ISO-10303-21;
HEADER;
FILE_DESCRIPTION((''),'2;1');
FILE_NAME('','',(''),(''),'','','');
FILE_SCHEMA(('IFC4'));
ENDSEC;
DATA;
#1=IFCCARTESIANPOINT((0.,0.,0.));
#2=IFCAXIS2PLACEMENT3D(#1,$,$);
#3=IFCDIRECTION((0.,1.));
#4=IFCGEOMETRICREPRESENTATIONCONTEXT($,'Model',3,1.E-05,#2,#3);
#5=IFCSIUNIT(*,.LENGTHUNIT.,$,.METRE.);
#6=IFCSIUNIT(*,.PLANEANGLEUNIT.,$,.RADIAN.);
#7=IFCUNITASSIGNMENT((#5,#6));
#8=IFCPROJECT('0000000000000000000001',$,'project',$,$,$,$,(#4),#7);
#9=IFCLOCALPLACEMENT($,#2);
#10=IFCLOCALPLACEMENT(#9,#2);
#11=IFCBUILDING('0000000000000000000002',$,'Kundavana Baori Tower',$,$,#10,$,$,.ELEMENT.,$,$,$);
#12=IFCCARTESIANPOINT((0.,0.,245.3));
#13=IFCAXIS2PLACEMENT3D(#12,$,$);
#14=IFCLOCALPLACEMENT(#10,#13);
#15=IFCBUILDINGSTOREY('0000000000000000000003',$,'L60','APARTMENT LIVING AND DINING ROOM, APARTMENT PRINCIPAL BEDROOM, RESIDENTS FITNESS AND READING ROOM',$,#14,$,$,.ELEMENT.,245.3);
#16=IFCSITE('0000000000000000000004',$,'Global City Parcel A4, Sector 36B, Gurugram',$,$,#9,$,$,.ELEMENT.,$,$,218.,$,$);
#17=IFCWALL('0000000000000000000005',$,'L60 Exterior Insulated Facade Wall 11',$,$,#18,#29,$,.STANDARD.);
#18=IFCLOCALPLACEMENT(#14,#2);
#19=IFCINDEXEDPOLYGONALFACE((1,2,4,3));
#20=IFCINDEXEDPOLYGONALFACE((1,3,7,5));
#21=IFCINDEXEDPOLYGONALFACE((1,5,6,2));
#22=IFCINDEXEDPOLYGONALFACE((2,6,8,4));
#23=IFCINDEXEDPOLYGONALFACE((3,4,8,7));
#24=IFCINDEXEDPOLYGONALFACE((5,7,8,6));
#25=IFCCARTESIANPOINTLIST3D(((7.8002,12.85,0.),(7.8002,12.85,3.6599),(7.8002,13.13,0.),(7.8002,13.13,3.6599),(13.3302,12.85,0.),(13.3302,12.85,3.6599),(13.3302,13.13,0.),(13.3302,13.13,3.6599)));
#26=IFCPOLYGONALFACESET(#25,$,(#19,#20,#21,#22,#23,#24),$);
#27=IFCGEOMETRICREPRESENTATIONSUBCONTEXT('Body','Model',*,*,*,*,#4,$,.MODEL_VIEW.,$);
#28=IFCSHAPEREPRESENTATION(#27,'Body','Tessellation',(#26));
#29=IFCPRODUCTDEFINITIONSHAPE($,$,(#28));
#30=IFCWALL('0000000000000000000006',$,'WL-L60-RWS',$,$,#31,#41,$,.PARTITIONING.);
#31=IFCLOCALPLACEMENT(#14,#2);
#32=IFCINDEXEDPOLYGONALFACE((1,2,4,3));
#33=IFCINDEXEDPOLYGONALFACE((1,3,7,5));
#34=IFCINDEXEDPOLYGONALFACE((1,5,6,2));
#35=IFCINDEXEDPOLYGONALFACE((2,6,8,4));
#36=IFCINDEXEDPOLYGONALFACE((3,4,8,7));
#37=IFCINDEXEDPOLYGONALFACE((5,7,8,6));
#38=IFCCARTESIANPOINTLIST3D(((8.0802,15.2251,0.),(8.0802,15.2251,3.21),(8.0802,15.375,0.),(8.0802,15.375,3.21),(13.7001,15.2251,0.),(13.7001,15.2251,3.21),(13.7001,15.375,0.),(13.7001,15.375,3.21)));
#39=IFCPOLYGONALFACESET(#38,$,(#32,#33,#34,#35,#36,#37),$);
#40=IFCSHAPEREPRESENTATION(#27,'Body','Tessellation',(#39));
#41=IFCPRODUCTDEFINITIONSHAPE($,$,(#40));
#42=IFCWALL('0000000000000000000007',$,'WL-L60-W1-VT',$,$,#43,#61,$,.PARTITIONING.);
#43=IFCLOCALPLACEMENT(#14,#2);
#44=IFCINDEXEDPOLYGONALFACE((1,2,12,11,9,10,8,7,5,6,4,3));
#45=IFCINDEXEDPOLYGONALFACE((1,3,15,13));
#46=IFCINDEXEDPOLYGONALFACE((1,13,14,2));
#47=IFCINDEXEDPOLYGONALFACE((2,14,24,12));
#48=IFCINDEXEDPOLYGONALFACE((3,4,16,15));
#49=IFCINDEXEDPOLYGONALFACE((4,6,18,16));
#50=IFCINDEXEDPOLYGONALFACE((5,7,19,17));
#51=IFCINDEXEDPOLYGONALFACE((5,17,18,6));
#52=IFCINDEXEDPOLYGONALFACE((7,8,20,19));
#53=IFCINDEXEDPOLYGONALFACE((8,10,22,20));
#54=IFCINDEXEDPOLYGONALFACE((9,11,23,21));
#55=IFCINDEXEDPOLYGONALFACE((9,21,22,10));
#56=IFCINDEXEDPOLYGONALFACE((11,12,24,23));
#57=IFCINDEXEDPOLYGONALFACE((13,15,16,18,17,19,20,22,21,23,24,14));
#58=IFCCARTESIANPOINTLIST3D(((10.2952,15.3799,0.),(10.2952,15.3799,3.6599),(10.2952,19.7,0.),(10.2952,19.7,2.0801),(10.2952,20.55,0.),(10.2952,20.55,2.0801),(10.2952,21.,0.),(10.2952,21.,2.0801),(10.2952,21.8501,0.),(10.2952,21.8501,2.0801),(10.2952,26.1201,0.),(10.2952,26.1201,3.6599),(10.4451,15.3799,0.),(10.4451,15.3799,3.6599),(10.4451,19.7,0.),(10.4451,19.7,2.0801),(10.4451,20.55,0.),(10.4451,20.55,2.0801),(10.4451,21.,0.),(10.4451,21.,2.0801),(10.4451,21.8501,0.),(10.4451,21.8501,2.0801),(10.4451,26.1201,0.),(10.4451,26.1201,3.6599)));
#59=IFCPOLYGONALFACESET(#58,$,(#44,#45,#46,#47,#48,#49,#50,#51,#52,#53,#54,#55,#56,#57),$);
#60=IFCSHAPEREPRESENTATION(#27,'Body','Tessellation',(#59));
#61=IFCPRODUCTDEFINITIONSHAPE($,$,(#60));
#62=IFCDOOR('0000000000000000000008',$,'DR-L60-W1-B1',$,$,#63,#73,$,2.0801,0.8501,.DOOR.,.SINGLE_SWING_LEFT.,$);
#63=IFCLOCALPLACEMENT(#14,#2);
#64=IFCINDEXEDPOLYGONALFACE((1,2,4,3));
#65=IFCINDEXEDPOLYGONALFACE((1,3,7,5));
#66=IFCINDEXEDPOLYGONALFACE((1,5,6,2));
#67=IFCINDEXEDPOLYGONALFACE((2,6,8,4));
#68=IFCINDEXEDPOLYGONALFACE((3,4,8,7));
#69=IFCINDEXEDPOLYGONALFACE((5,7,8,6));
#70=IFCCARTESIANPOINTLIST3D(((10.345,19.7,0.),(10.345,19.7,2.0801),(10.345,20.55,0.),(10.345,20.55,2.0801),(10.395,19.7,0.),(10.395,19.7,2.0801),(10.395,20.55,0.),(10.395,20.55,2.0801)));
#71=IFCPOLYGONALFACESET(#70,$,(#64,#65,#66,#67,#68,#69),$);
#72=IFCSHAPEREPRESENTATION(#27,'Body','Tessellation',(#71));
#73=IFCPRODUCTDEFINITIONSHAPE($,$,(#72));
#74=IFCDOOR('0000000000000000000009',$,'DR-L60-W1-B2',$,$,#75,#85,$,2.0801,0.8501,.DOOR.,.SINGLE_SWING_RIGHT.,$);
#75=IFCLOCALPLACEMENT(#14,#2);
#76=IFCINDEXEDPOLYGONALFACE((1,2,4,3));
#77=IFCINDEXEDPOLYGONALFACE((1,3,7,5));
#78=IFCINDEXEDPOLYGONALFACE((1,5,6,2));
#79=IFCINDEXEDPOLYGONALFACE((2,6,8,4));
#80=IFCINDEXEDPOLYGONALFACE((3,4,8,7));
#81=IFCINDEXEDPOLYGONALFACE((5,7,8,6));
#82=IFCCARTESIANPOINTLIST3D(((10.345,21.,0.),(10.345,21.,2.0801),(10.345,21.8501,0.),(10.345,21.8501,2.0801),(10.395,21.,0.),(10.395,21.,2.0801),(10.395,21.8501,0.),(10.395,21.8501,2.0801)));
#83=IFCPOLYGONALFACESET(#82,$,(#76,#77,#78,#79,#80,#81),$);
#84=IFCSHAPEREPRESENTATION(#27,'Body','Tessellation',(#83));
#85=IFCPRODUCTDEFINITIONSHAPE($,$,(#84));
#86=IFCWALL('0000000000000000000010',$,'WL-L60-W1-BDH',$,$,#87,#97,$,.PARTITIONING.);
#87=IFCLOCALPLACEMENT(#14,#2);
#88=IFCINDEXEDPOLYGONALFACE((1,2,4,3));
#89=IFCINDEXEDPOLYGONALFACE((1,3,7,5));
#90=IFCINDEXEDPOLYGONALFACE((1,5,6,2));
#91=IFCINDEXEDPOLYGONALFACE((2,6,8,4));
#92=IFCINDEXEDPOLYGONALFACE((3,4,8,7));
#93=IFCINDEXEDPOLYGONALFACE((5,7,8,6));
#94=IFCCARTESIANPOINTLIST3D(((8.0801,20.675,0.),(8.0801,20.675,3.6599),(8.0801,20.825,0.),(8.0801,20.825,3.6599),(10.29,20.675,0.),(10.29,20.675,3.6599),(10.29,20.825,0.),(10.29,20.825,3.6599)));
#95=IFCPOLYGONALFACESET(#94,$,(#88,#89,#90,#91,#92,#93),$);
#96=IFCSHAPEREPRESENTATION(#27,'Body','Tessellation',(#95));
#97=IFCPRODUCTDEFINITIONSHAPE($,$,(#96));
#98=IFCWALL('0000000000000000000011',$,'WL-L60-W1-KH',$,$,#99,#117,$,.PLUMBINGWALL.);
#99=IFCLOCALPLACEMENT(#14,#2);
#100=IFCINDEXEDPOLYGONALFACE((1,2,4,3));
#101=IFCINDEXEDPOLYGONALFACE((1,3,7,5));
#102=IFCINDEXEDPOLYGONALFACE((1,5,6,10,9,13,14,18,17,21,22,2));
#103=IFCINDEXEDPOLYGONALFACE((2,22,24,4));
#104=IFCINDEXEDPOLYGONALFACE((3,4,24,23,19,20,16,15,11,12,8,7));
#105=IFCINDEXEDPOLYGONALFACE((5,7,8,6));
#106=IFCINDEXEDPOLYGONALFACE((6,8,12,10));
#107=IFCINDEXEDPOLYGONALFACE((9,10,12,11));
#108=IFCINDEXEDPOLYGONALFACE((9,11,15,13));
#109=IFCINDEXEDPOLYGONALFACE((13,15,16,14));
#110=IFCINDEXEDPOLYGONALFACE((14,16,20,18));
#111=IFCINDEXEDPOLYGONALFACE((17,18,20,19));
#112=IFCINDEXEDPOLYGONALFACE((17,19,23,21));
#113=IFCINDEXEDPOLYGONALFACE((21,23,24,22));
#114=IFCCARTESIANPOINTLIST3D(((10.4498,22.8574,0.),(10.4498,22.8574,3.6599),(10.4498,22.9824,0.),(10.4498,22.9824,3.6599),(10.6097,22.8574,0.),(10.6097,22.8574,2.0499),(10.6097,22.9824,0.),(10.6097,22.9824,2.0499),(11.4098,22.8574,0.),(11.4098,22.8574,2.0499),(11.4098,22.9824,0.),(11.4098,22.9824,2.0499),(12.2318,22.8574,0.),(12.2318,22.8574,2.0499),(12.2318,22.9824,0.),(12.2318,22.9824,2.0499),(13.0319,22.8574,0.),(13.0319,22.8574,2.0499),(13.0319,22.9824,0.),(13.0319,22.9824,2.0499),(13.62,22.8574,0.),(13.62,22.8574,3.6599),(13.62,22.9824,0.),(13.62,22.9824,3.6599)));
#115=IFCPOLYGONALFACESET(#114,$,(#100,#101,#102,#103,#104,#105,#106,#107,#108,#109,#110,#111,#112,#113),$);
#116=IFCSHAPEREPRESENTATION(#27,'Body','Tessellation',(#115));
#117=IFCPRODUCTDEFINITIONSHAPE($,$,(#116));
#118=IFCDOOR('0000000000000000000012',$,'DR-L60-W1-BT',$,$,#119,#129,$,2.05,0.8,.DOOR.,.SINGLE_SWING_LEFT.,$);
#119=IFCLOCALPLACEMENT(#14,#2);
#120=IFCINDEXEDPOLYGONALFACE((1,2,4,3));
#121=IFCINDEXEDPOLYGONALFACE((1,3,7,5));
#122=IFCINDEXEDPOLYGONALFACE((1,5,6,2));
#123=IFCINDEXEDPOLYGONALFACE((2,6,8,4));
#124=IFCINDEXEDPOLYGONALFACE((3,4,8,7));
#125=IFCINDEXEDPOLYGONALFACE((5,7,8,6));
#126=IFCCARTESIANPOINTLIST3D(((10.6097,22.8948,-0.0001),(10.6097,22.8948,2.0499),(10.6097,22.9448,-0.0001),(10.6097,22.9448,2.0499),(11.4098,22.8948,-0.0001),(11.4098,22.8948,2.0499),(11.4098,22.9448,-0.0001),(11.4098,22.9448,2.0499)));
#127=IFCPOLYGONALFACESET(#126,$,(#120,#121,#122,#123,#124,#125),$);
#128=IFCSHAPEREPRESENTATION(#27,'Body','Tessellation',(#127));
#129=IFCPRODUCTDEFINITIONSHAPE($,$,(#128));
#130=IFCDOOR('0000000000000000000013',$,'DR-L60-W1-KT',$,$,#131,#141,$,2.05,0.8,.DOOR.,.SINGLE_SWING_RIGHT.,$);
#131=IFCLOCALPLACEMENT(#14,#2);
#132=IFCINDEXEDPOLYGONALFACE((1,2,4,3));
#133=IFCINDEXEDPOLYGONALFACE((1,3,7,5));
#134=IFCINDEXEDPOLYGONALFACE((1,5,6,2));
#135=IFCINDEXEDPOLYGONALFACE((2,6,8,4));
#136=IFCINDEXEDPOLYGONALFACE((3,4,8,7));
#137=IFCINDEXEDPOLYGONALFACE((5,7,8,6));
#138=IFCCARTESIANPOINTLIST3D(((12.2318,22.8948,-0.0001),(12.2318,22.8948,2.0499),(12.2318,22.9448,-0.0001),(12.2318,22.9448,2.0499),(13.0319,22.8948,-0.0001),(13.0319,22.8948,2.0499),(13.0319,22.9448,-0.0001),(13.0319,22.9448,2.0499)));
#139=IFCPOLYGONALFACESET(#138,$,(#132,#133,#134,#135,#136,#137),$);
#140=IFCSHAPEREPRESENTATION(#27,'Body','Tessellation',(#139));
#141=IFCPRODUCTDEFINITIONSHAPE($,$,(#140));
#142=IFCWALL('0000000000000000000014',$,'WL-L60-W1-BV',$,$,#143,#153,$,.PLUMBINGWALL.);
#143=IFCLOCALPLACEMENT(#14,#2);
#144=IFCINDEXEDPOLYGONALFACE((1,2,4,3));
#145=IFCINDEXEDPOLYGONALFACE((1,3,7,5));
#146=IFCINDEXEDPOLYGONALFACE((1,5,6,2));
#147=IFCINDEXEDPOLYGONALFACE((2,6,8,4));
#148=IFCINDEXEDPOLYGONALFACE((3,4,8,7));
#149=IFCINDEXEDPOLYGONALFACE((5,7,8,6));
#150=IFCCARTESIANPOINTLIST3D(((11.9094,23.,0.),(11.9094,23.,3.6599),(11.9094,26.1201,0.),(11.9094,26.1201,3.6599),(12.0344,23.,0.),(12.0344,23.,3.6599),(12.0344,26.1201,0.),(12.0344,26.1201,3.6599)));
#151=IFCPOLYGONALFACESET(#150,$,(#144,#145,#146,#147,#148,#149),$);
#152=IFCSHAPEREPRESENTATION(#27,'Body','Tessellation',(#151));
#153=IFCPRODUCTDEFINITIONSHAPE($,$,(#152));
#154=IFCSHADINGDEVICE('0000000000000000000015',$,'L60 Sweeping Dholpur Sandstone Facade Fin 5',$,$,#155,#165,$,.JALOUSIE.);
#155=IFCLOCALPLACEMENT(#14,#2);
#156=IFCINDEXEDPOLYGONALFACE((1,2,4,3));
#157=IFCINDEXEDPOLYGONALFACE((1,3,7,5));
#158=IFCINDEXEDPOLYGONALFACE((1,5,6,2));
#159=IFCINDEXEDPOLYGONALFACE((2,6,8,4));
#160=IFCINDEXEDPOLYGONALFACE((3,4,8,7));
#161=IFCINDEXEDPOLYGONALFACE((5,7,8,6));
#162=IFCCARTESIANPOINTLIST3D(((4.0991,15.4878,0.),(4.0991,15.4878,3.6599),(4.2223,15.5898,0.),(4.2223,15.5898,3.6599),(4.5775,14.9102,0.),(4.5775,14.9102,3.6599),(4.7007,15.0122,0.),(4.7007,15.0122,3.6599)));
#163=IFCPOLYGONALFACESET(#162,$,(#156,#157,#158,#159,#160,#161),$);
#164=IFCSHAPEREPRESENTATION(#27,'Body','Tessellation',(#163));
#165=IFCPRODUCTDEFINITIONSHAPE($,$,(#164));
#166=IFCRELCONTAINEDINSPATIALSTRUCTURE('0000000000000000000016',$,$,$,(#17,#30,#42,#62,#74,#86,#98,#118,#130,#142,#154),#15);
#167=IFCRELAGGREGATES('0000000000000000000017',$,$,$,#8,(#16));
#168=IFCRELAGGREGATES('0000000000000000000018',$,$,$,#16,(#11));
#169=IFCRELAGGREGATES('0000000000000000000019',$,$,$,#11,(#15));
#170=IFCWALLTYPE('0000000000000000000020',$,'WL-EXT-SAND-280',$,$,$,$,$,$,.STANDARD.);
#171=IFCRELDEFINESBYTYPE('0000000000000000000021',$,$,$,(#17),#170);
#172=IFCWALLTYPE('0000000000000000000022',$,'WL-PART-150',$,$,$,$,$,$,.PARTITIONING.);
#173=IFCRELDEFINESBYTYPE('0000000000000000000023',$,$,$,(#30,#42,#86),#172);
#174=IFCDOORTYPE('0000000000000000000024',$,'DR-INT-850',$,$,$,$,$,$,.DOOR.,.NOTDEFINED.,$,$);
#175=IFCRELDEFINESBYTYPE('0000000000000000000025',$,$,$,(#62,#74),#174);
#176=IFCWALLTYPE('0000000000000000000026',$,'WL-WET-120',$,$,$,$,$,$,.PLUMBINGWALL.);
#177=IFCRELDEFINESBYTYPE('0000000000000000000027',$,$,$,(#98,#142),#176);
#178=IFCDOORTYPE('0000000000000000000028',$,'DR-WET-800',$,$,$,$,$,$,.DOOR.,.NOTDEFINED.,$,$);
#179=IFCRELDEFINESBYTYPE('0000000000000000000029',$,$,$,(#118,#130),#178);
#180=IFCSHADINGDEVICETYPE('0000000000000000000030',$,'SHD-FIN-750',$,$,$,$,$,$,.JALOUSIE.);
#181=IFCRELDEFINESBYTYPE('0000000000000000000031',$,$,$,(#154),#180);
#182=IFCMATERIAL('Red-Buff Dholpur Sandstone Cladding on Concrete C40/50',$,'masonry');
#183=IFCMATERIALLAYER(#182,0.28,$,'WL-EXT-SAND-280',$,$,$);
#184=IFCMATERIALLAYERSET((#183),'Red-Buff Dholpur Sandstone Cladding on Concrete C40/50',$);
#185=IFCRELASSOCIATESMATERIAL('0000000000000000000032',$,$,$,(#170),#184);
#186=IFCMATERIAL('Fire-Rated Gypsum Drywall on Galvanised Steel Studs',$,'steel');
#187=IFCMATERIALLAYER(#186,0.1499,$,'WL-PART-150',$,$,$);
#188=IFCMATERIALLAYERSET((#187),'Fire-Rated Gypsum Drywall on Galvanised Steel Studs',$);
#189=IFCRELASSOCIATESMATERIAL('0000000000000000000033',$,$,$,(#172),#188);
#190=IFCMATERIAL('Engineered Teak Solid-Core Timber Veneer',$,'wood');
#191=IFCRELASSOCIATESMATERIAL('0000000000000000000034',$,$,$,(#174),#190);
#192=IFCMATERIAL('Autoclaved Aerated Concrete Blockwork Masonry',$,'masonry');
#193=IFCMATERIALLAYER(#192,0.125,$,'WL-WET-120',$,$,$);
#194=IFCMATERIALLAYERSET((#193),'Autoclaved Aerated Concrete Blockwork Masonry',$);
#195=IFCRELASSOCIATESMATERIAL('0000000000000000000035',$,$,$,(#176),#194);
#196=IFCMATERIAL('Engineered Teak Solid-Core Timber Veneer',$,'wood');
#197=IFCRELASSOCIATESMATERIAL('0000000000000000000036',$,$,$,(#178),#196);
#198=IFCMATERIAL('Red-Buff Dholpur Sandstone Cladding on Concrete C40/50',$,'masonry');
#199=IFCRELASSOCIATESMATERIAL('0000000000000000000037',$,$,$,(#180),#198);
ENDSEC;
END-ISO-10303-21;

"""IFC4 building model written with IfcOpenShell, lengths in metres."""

from ifc_helpers import new_model, si_unit, direction, frame, frame_2d, origin, origin_2d, place, context, subcontext, project, spatial, rectangle, extrude, material, layer, layer_set, type_object, element, fill, save


model = new_model("IFC4")

# Units and contexts
model_context = context("Model", 3, precision=1e-05, world=origin(), true_north=direction((0.0, 1.0)))
body_context = subcontext(model_context, "Body", "Model", "MODEL_VIEW")
ifc_project = project(units=[si_unit("LENGTHUNIT", "METRE"), si_unit("PLANEANGLEUNIT", "RADIAN")], contexts=[model_context])

# Site, building, storey
site_placement = place(None, origin())
site = spatial("IfcSite", under=ifc_project, at=site_placement, Name="Global City Parcel A4, Sector 36B, Gurugram", CompositionType="ELEMENT", RefElevation=218.0)
building_placement = place(site_placement, origin())
building = spatial("IfcBuilding", under=site, at=building_placement, Name="Kundavana Baori Tower", CompositionType="ELEMENT")
storey_placement = place(building_placement, frame((0.0, 0.0, 245.3)))
storey = spatial("IfcBuildingStorey", under=building, at=storey_placement, Name="L60", Description="APARTMENT LIVING AND DINING ROOM, APARTMENT PRINCIPAL BEDROOM, RESIDENTS FITNESS AND READING ROOM", CompositionType="ELEMENT", Elevation=245.3)

# Shared definitions
ifc_material_1 = material(Name="Red-Buff Dholpur Sandstone Cladding on Concrete C40/50", Category="masonry")
ifc_layer_1 = layer(ifc_material_1, 0.28, Name="WL-EXT-SAND-280")
ifc_layer_set_1 = layer_set([ifc_layer_1], Name="Red-Buff Dholpur Sandstone Cladding on Concrete C40/50")
wall_type_1 = type_object("IfcWallType", Name="WL-EXT-SAND-280", PredefinedType="STANDARD", material=ifc_layer_set_1)

# Walls
wall_1_placement = place(storey_placement, frame((7.8, 12.99, 0.0), z_axis=(0.0, 0.0, 1.0), x_axis=(1.0, 0.0, 0.0)))
element("IfcWall", 1, at=wall_1_placement, inside=storey, type_object=wall_type_1, Name="L60 Exterior Insulated Facade Wall 11", PredefinedType="STANDARD", context=body_context, shape_type="SweptSolid", body=[
    extrude(rectangle(XDim=5.53, YDim=0.28, at=frame_2d((2.7651, 0.0))), origin(), (0.0, 0.0, 1.0), 3.6599),
])
ifc_material_2 = material(Name="Fire-Rated Gypsum Drywall on Galvanised Steel Studs", Category="steel")
ifc_layer_2 = layer(ifc_material_2, 0.1499, Name="WL-PART-150")
ifc_layer_set_2 = layer_set([ifc_layer_2], Name="Fire-Rated Gypsum Drywall on Galvanised Steel Studs")
wall_type_2 = type_object("IfcWallType", Name="WL-PART-150", PredefinedType="PARTITIONING", material=ifc_layer_set_2)
wall_2_placement = place(storey_placement, frame((8.0801, 15.3, 0.0), z_axis=(0.0, 0.0, 1.0), x_axis=(1.0, 0.0, 0.0)))
element("IfcWall", 2, at=wall_2_placement, inside=storey, type_object=wall_type_2, Name="WL-L60-RWS", PredefinedType="PARTITIONING", context=body_context, shape_type="SweptSolid", body=[
    extrude(rectangle(XDim=5.6199, YDim=0.1499, at=frame_2d((2.8101, 0.0))), origin(), (0.0, 0.0, 1.0), 3.21),
])

# Wall, openings, doors
wall_3_placement = place(storey_placement, frame((10.3701, 15.3799, 0.0), z_axis=(0.0, 0.0, 1.0), x_axis=(0.0, 1.0, 0.0)))
wall_3 = element("IfcWall", 3, at=wall_3_placement, inside=storey, type_object=wall_type_2, Name="WL-L60-W1-VT", PredefinedType="PARTITIONING", context=body_context, shape_type="SweptSolid", body=[
    extrude(rectangle(XDim=10.7402, YDim=0.1499, at=frame_2d((5.3701, 0.0))), origin(), (0.0, 0.0, 1.0), 3.6599),
])
opening_1_placement = place(wall_3_placement, frame((4.3201, 0.0, 0.0)))
opening_1 = element("IfcOpeningElement", 4, at=opening_1_placement, cuts=wall_3, PredefinedType="OPENING", context=body_context, shape_type="SweptSolid", body=[
    extrude(rectangle(XDim=0.8501, YDim=2.0801, at=frame_2d((0.425, 1.04))), frame((0.0, 0.085, 0.0), z_axis=(0.0, -1.0, 0.0), x_axis=(1.0, 0.0, 0.0)), (0.0, 0.0, 1.0), 0.1699),
])
opening_2_placement = place(wall_3_placement, frame((5.6201, 0.0, 0.0)))
opening_2 = element("IfcOpeningElement", 5, at=opening_2_placement, cuts=wall_3, PredefinedType="OPENING", context=body_context, shape_type="SweptSolid", body=[
    extrude(rectangle(XDim=0.8501, YDim=2.0801, at=frame_2d((0.425, 1.04))), frame((0.0, 0.085, 0.0), z_axis=(0.0, -1.0, 0.0), x_axis=(1.0, 0.0, 0.0)), (0.0, 0.0, 1.0), 0.1699),
])
ifc_material_3 = material(Name="Engineered Teak Solid-Core Timber Veneer", Category="wood")
door_type_1 = type_object("IfcDoorType", Name="DR-INT-850", OperationType="NOTDEFINED", PredefinedType="DOOR", material=ifc_material_3)
door_1_placement = place(opening_1_placement, frame((0.8501, 0.0, 0.0), z_axis=(0.0, 0.0, 1.0), x_axis=(-1.0, 0.0, 0.0)))
door_1 = element("IfcDoor", 6, at=door_1_placement, inside=storey, type_object=door_type_1, Name="DR-L60-W1-B1", OperationType="SINGLE_SWING_LEFT", OverallHeight=2.0801, OverallWidth=0.8501, PredefinedType="DOOR", context=body_context, shape_type="SweptSolid", body=[
    extrude(rectangle(XDim=0.8501, YDim=2.0801, at=frame_2d((0.425, 1.04))), frame((0.0, 0.0249, 0.0), z_axis=(0.0, -1.0, 0.0), x_axis=(1.0, 0.0, 0.0)), (0.0, 0.0, 1.0), 0.05),
])
fill(opening_1, door_1)
door_2_placement = place(opening_2_placement, frame((0.8501, 0.0, 0.0), z_axis=(0.0, 0.0, 1.0), x_axis=(-1.0, 0.0, 0.0)))
door_2 = element("IfcDoor", 7, at=door_2_placement, inside=storey, type_object=door_type_1, Name="DR-L60-W1-B2", OperationType="SINGLE_SWING_RIGHT", OverallHeight=2.0801, OverallWidth=0.8501, PredefinedType="DOOR", context=body_context, shape_type="SweptSolid", body=[
    extrude(rectangle(XDim=0.8501, YDim=2.0801, at=frame_2d((0.425, 1.04))), frame((0.0, 0.0249, 0.0), z_axis=(0.0, -1.0, 0.0), x_axis=(1.0, 0.0, 0.0)), (0.0, 0.0, 1.0), 0.05),
])
fill(opening_2, door_2)

# Wall
wall_4_placement = place(storey_placement, frame((8.0801, 20.75, 0.0), z_axis=(0.0, 0.0, 1.0), x_axis=(1.0, 0.0, 0.0)))
element("IfcWall", 8, at=wall_4_placement, inside=storey, type_object=wall_type_2, Name="WL-L60-W1-BDH", PredefinedType="PARTITIONING", context=body_context, shape_type="SweptSolid", body=[
    extrude(rectangle(XDim=2.21, YDim=0.1499, at=frame_2d((1.105, 0.0))), origin(), (0.0, 0.0, 1.0), 3.6599),
])

# Wall, openings, doors
ifc_material_4 = material(Name="Autoclaved Aerated Concrete Blockwork Masonry", Category="masonry")
ifc_layer_3 = layer(ifc_material_4, 0.125, Name="WL-WET-120")
ifc_layer_set_3 = layer_set([ifc_layer_3], Name="Autoclaved Aerated Concrete Blockwork Masonry")
wall_type_3 = type_object("IfcWallType", Name="WL-WET-120", PredefinedType="PLUMBINGWALL", material=ifc_layer_set_3)
wall_5_placement = place(storey_placement, frame((10.45, 22.9199, 0.0), z_axis=(0.0, 0.0, 1.0), x_axis=(1.0, 0.0, 0.0)))
wall_5 = element("IfcWall", 9, at=wall_5_placement, inside=storey, type_object=wall_type_3, Name="WL-L60-W1-KH", PredefinedType="PLUMBINGWALL", context=body_context, shape_type="SweptSolid", body=[
    extrude(rectangle(XDim=3.1702, YDim=0.125, at=frame_2d((1.585, 0.0))), origin(), (0.0, 0.0, 1.0), 3.6599),
])
opening_3_placement = place(wall_5_placement, frame((0.1599, 0.0, 0.0)))
opening_3 = element("IfcOpeningElement", 10, at=opening_3_placement, cuts=wall_5, PredefinedType="OPENING", context=body_context, shape_type="SweptSolid", body=[
    extrude(rectangle(XDim=0.8, YDim=2.05, at=frame_2d((0.3999, 1.0249))), frame((0.0, 0.0725, 0.0), z_axis=(0.0, -1.0, 0.0), x_axis=(1.0, 0.0, 0.0)), (0.0, 0.0, 1.0), 0.145),
])
opening_4_placement = place(wall_5_placement, frame((1.782, 0.0, 0.0)))
opening_4 = element("IfcOpeningElement", 11, at=opening_4_placement, cuts=wall_5, PredefinedType="OPENING", context=body_context, shape_type="SweptSolid", body=[
    extrude(rectangle(XDim=0.8, YDim=2.05, at=frame_2d((0.3999, 1.0249))), frame((0.0, 0.0725, 0.0), z_axis=(0.0, -1.0, 0.0), x_axis=(1.0, 0.0, 0.0)), (0.0, 0.0, 1.0), 0.145),
])
ifc_material_5 = material(Name="Engineered Teak Solid-Core Timber Veneer", Category="wood")
door_type_2 = type_object("IfcDoorType", Name="DR-WET-800", OperationType="NOTDEFINED", PredefinedType="DOOR", material=ifc_material_5)
door_3_placement = place(opening_3_placement, origin())
door_3 = element("IfcDoor", 12, at=door_3_placement, inside=storey, type_object=door_type_2, Name="DR-L60-W1-BT", OperationType="SINGLE_SWING_LEFT", OverallHeight=2.05, OverallWidth=0.8, PredefinedType="DOOR", context=body_context, shape_type="SweptSolid", body=[
    extrude(rectangle(XDim=0.8, YDim=2.05, at=frame_2d((0.3999, 1.0249))), frame((0.0, 0.0249, 0.0), z_axis=(0.0, -1.0, 0.0), x_axis=(1.0, 0.0, 0.0)), (0.0, 0.0, 1.0), 0.05),
])
fill(opening_3, door_3)
door_4_placement = place(opening_4_placement, origin())
door_4 = element("IfcDoor", 13, at=door_4_placement, inside=storey, type_object=door_type_2, Name="DR-L60-W1-KT", OperationType="SINGLE_SWING_RIGHT", OverallHeight=2.05, OverallWidth=0.8, PredefinedType="DOOR", context=body_context, shape_type="SweptSolid", body=[
    extrude(rectangle(XDim=0.8, YDim=2.05, at=frame_2d((0.3999, 1.0249))), frame((0.0, 0.0249, 0.0), z_axis=(0.0, -1.0, 0.0), x_axis=(1.0, 0.0, 0.0)), (0.0, 0.0, 1.0), 0.05),
])
fill(opening_4, door_4)

# Wall
wall_6_placement = place(storey_placement, frame((11.9719, 23.0, 0.0), z_axis=(0.0, 0.0, 1.0), x_axis=(0.0, 1.0, 0.0)))
element("IfcWall", 14, at=wall_6_placement, inside=storey, type_object=wall_type_3, Name="WL-L60-W1-BV", PredefinedType="PLUMBINGWALL", context=body_context, shape_type="SweptSolid", body=[
    extrude(rectangle(XDim=3.1201, YDim=0.125, at=frame_2d((1.5601, 0.0))), origin(), (0.0, 0.0, 1.0), 3.6599),
])

# Shading device
ifc_material_6 = material(Name="Red-Buff Dholpur Sandstone Cladding on Concrete C40/50", Category="masonry")
shading_device_type_1 = type_object("IfcShadingDeviceType", Name="SHD-FIN-750", PredefinedType="JALOUSIE", material=ifc_material_6)
shading_device_1_placement = place(storey_placement, frame((4.3999, 15.25, 0.0), z_axis=(0.0, 0.0, 1.0), x_axis=(0.770179, 0.637827, 0.0)))
element("IfcShadingDevice", 15, at=shading_device_1_placement, inside=storey, type_object=shading_device_type_1, Name="L60 Sweeping Dholpur Sandstone Facade Fin 5", PredefinedType="JALOUSIE", context=body_context, shape_type="SweptSolid", body=[
    extrude(rectangle(XDim=0.1599, YDim=0.75, at=origin_2d()), origin(), (0.0, 0.0, 1.0), 3.6599),
])

save(model, "model.ifc")
